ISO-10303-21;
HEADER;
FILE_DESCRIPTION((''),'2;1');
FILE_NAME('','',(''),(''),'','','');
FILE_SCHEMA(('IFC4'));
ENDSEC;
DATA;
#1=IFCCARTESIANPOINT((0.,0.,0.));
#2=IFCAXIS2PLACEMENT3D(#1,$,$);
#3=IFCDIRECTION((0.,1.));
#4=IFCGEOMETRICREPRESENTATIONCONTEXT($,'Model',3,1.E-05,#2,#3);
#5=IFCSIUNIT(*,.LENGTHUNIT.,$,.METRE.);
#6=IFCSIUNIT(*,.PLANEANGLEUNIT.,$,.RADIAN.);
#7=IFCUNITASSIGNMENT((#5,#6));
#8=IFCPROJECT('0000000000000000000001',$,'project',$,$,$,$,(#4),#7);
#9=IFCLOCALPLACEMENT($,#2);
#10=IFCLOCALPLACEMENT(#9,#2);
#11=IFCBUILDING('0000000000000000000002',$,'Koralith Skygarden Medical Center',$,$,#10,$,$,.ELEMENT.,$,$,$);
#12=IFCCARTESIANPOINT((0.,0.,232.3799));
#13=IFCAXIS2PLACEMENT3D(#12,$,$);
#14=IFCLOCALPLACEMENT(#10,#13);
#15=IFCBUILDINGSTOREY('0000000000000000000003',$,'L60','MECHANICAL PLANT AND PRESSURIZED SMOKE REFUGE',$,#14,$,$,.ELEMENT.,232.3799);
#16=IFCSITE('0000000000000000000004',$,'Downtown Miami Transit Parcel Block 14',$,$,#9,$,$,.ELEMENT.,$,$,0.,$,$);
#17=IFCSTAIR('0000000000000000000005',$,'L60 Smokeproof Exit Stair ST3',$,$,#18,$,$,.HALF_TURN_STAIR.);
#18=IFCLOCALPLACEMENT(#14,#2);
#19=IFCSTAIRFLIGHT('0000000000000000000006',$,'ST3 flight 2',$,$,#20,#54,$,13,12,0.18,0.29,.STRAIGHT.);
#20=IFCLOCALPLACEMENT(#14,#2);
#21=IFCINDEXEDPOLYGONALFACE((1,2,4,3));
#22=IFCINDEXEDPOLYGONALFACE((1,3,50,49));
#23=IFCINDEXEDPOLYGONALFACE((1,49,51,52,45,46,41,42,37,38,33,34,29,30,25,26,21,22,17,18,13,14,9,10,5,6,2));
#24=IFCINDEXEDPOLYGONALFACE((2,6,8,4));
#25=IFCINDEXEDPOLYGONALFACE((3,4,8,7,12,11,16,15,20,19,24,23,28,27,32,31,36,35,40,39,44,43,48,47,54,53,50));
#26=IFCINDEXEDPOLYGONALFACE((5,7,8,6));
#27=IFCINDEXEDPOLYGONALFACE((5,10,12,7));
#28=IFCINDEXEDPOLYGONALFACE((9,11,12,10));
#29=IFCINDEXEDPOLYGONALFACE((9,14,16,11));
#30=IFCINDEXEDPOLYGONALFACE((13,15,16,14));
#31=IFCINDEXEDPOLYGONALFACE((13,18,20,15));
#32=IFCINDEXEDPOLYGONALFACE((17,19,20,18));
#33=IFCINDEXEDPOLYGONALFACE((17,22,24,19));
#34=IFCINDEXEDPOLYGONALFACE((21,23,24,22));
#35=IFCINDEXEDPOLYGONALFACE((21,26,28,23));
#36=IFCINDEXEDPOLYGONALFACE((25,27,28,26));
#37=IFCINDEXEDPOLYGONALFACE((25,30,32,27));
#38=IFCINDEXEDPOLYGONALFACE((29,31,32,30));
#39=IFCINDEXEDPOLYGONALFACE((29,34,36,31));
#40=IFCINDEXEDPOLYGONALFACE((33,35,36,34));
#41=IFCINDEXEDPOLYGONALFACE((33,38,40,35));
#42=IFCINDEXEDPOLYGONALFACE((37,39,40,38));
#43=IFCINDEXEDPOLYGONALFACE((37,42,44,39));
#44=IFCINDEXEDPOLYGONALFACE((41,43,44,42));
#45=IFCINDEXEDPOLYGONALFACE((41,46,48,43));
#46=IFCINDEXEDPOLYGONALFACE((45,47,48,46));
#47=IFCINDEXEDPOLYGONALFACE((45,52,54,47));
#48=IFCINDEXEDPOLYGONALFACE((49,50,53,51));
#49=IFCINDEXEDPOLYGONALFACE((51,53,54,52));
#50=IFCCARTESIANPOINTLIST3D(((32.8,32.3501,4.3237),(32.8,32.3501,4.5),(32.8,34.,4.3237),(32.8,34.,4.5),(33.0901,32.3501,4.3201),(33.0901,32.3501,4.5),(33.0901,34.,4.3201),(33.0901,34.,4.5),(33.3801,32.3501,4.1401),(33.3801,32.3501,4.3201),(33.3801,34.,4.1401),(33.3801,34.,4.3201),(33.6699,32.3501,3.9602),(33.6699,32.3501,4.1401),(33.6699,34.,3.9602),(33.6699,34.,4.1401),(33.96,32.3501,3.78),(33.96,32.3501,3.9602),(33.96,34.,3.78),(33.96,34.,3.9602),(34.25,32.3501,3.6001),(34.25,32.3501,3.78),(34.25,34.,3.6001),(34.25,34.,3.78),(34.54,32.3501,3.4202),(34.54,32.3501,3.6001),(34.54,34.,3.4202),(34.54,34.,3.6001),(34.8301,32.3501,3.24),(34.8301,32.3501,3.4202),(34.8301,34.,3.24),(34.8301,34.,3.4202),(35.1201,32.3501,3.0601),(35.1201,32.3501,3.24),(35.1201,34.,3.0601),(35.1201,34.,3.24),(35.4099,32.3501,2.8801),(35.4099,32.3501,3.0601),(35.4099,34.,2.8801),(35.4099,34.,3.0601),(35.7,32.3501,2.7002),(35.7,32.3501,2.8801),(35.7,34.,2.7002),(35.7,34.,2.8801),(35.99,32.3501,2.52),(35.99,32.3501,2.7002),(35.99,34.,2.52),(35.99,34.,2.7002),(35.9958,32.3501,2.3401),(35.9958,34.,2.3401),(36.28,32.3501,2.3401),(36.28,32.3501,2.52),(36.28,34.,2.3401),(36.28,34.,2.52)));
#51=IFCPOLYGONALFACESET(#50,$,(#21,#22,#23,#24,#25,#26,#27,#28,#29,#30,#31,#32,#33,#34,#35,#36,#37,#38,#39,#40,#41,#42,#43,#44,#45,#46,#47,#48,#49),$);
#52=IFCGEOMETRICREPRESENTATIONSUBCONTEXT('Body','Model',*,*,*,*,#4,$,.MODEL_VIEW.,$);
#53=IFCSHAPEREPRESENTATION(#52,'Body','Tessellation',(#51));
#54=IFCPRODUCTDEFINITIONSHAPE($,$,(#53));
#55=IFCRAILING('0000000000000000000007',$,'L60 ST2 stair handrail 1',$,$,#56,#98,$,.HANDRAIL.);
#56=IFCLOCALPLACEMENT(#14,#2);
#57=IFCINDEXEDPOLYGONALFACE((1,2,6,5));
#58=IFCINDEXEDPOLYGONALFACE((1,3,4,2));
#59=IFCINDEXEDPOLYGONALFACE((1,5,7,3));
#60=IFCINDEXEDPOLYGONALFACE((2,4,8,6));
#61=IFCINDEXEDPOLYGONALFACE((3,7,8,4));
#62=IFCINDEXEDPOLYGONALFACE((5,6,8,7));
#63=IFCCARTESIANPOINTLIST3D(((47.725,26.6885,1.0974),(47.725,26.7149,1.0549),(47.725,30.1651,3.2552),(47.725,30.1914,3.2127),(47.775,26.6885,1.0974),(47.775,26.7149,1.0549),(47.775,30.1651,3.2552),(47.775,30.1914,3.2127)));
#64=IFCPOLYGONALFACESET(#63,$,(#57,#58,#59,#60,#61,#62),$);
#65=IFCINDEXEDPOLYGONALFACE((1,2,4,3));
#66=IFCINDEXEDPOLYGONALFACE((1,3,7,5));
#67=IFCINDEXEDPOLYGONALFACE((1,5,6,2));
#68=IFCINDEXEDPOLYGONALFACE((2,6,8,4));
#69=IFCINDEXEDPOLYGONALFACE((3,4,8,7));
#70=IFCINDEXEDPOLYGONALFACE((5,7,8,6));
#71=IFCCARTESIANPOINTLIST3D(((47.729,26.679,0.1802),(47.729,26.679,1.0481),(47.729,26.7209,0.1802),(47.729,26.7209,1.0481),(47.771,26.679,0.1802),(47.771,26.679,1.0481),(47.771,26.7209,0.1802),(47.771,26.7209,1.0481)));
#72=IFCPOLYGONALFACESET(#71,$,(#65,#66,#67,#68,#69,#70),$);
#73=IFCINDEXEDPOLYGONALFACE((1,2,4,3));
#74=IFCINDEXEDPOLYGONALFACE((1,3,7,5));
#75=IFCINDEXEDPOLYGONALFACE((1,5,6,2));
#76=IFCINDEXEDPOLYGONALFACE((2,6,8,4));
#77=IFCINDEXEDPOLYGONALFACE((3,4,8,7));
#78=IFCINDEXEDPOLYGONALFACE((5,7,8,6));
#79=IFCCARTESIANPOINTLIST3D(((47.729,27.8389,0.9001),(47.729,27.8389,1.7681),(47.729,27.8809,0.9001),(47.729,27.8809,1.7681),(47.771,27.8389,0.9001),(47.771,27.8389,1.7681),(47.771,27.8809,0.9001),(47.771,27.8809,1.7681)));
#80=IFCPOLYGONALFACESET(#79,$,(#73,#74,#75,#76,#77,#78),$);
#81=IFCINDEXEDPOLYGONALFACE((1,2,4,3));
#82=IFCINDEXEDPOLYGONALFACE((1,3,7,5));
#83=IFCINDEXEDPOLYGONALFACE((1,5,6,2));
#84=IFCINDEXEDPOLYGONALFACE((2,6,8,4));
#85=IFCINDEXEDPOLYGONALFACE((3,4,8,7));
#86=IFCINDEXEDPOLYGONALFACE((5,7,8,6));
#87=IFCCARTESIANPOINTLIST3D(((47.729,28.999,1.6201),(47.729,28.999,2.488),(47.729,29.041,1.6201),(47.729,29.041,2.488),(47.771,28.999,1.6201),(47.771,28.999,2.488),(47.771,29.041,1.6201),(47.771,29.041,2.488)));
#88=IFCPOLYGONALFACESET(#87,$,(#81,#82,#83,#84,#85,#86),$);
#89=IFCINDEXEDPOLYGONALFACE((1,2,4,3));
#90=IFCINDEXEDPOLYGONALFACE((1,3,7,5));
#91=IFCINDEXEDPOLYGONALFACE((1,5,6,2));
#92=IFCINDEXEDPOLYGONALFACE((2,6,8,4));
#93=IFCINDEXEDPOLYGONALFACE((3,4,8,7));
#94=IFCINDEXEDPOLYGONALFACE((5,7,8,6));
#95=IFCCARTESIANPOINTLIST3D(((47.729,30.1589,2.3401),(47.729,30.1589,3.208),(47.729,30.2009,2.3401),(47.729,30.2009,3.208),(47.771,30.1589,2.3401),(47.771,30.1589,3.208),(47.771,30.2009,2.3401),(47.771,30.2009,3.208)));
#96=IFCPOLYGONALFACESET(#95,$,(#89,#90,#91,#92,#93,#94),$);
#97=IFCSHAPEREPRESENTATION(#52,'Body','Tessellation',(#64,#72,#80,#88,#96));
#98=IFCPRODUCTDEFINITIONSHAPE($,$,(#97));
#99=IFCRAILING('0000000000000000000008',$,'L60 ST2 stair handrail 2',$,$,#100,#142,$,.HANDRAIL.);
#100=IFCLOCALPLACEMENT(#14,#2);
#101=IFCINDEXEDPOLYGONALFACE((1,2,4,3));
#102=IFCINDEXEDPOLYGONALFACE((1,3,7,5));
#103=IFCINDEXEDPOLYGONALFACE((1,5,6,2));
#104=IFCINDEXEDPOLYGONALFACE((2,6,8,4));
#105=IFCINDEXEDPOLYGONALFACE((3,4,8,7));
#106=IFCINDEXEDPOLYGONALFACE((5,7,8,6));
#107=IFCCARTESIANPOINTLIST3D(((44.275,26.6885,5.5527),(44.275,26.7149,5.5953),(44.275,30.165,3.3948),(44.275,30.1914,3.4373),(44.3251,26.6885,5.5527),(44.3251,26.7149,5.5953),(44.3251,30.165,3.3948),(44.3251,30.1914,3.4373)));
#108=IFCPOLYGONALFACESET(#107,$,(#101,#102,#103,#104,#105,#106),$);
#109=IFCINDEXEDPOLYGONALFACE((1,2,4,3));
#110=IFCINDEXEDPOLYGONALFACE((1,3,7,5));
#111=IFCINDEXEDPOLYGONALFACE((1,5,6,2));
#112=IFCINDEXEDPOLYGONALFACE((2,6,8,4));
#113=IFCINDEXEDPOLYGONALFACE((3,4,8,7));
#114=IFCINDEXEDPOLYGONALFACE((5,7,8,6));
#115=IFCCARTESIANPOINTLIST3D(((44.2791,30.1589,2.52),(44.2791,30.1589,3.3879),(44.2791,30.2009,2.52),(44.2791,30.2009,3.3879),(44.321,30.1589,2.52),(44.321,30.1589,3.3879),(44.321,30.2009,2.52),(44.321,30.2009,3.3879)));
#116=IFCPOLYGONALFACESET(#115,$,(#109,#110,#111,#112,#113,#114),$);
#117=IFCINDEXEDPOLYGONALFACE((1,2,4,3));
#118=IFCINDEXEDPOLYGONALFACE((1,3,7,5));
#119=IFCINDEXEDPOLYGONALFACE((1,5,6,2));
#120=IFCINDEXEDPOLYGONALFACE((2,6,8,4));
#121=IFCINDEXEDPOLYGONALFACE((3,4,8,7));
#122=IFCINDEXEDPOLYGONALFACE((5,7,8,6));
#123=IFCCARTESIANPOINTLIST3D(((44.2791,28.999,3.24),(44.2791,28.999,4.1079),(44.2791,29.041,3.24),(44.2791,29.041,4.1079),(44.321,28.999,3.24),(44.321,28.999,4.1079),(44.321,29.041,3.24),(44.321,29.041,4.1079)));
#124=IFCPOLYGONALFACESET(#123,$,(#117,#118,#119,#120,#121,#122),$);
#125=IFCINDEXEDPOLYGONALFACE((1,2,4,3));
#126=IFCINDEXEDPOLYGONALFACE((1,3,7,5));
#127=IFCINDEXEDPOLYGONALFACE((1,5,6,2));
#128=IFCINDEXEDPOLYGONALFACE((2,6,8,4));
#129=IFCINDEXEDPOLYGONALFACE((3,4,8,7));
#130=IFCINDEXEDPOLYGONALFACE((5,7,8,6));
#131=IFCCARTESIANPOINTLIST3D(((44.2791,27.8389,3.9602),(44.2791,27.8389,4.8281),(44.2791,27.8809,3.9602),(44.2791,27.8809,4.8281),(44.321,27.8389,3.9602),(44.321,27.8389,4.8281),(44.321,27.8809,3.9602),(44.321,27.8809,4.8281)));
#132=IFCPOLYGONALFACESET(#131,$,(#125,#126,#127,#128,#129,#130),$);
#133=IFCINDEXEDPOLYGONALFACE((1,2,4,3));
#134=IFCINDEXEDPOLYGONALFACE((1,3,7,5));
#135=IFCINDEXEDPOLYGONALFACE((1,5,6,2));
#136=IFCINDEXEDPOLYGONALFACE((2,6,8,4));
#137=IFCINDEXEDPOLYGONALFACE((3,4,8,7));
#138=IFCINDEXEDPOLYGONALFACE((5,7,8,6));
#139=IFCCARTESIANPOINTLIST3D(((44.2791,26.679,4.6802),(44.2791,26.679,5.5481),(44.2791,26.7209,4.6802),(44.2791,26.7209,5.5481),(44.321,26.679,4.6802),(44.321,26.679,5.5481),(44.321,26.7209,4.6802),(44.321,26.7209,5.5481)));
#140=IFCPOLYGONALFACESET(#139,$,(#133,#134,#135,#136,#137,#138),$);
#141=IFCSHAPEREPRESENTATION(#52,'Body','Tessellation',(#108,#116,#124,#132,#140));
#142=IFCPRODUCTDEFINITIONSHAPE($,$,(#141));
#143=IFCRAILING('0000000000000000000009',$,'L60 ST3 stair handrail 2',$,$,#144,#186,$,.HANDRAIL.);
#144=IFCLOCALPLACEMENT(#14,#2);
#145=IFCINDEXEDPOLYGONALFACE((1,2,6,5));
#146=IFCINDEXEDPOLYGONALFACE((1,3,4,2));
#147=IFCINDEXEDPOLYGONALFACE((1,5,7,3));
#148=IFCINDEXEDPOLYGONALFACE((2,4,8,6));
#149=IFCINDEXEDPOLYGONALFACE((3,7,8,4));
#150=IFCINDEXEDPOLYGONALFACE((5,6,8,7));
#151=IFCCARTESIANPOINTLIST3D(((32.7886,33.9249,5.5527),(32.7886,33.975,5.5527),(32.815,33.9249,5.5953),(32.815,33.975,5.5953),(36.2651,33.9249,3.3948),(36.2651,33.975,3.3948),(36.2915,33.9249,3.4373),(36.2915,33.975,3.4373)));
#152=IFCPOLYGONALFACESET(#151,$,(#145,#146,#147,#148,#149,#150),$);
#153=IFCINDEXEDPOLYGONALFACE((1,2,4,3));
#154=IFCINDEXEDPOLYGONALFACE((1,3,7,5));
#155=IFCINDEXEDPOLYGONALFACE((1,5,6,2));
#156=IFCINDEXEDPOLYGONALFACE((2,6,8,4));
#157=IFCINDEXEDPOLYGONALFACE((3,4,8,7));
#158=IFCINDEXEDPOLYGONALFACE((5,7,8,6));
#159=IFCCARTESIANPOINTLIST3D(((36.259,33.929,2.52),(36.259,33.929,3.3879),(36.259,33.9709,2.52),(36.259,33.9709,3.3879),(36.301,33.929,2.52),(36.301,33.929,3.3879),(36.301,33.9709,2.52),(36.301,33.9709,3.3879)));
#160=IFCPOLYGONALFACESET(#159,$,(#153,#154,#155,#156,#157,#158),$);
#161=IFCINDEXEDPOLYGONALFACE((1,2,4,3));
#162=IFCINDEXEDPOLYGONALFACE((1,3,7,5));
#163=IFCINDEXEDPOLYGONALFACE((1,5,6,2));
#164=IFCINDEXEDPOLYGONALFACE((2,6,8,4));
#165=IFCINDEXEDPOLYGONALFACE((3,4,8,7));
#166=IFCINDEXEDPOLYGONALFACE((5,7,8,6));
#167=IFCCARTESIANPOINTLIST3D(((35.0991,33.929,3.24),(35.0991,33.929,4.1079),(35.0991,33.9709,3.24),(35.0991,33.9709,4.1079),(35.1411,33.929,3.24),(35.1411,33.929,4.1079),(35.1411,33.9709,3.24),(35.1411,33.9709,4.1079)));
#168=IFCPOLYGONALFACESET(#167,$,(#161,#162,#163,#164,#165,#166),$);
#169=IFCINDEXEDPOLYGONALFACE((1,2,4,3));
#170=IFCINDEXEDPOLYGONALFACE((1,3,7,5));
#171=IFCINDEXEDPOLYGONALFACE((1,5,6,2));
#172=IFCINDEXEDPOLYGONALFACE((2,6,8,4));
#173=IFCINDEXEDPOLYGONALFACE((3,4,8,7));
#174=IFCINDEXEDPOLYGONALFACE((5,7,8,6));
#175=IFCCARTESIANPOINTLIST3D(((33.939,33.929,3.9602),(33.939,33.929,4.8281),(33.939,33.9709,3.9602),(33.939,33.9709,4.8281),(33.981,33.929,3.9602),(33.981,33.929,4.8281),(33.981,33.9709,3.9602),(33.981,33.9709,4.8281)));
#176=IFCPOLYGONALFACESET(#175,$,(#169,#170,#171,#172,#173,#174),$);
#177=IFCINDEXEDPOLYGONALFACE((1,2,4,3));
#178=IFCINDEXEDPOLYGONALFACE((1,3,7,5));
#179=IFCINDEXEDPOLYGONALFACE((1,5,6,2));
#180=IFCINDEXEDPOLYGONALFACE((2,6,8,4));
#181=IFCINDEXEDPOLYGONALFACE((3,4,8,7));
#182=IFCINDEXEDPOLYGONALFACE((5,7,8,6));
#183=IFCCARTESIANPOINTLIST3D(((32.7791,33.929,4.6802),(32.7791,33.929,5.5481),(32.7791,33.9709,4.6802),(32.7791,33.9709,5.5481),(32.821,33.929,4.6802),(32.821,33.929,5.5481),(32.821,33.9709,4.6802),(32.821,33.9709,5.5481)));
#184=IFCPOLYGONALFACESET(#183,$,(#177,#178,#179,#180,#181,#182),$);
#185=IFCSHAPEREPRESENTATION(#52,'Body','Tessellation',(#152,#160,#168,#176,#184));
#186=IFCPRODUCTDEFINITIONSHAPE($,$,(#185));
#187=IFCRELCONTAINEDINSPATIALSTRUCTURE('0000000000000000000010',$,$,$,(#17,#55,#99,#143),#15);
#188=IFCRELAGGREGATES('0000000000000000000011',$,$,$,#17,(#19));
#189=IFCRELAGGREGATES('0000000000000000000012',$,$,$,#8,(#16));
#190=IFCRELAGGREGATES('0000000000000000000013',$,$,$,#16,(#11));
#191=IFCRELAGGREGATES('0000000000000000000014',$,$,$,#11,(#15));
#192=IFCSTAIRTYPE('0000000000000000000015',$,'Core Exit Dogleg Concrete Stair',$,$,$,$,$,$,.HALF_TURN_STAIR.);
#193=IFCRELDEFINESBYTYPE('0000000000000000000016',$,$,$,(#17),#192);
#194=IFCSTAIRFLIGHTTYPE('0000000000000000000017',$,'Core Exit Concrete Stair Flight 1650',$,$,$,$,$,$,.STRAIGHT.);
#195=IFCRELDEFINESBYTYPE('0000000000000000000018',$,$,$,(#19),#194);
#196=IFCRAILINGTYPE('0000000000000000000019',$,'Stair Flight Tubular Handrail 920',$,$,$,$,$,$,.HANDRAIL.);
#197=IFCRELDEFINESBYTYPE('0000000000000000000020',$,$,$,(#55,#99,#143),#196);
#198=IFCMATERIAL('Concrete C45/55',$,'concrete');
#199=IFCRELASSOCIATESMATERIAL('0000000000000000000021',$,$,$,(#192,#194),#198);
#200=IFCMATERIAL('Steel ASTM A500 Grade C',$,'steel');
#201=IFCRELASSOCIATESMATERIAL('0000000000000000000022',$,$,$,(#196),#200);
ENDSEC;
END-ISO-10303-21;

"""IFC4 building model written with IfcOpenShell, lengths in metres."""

from ifc_helpers import new_model, si_unit, direction, frame, origin, origin_2d, place, context, subcontext, project, spatial, polyline, rectangle, outline, extrude, material, type_object, element, aggregate, save


model = new_model("IFC4")

# Units and contexts
model_context = context("Model", 3, precision=1e-05, world=origin(), true_north=direction((0.0, 1.0)))
body_context = subcontext(model_context, "Body", "Model", "MODEL_VIEW")
ifc_project = project(units=[si_unit("LENGTHUNIT", "METRE"), si_unit("PLANEANGLEUNIT", "RADIAN")], contexts=[model_context])

# Site, building, storey
site_placement = place(None, origin())
site = spatial("IfcSite", under=ifc_project, at=site_placement, Name="Downtown Miami Transit Parcel Block 14", CompositionType="ELEMENT", RefElevation=0.0)
building_placement = place(site_placement, origin())
building = spatial("IfcBuilding", under=site, at=building_placement, Name="Koralith Skygarden Medical Center", CompositionType="ELEMENT")
storey_placement = place(building_placement, frame((0.0, 0.0, 232.3799)))
storey = spatial("IfcBuildingStorey", under=building, at=storey_placement, Name="L60", Description="MECHANICAL PLANT AND PRESSURIZED SMOKE REFUGE", CompositionType="ELEMENT", Elevation=232.3799)

# Shared definitions
ifc_material_1 = material(Name="Concrete C45/55", Category="concrete")

# Shared definitions
ifc_material_2 = material(Name="Steel ASTM A500 Grade C", Category="steel")

# Shared definitions
stair_type = type_object("IfcStairType", Name="Core Exit Dogleg Concrete Stair", PredefinedType="HALF_TURN_STAIR", material=ifc_material_1)
stair_flight_type = type_object("IfcStairFlightType", Name="Core Exit Concrete Stair Flight 1650", PredefinedType="STRAIGHT", material=ifc_material_1)

# Stair, stair flight
stair_1_placement = place(storey_placement, origin())
stair_1 = element("IfcStair", 1, at=stair_1_placement, inside=storey, type_object=stair_type, Name="L60 Smokeproof Exit Stair ST3", PredefinedType="HALF_TURN_STAIR")
stair_flight_1_placement = place(storey_placement, frame((36.28, 33.175, 2.3401), z_axis=(0.0, 0.0, 1.0), x_axis=(-1.0, 0.0, 0.0)))
stair_flight_1 = element("IfcStairFlight", 2, at=stair_flight_1_placement, type_object=stair_flight_type, Name="ST3 flight 2", NumberOfRisers=13, NumberOfTreads=12, PredefinedType="STRAIGHT", RiserHeight=0.18, TreadLength=0.29, context=body_context, shape_type="SweptSolid", body=[
    extrude(outline(polyline([(0.0, 0.0), (0.0, 0.1799), (0.29, 0.1799), (0.29, 0.3601), (0.5801, 0.3601), (0.5801, 0.54), (0.8701, 0.54), (0.8701, 0.72), (1.1599, 0.72), (1.1599, 0.8999), (1.45, 0.8999), (1.45, 1.0801), (1.74, 1.0801), (1.74, 1.26), (2.03, 1.26), (2.03, 1.4399), (2.3201, 1.4399), (2.3201, 1.6201), (2.6101, 1.6201), (2.6101, 1.8), (2.8999, 1.8), (2.8999, 1.98), (3.1899, 1.98), (3.1899, 2.1599), (3.48, 2.1599), (3.48, 2.3401), (3.48, 1.9836), (0.2842, 0.0), (0.0, 0.0)])), frame((0.0, 0.825, 0.0), z_axis=(0.0, -1.0, 0.0), x_axis=(1.0, 0.0, 0.0)), (0.0, 0.0, 1.0), 1.6499),
])
aggregate(stair_1, [stair_flight_1])

# Railings
railing_type_1 = type_object("IfcRailingType", Name="Stair Flight Tubular Handrail 920", PredefinedType="HANDRAIL", material=ifc_material_2)
railing_1_placement = place(storey_placement, frame((47.75, 26.7, 0.1802)))
element("IfcRailing", 3, at=railing_1_placement, inside=storey, type_object=railing_type_1, Name="L60 ST2 stair handrail 1", PredefinedType="HANDRAIL", context=body_context, shape_type="SweptSolid", body=[
    extrude(rectangle(XDim=0.05, YDim=0.05, at=origin_2d()), frame((0.0, 0.0017, 0.896), z_axis=(0.0, 0.849648, 0.52735), x_axis=(-1.0, 0.0, 0.0)), (0.0, 0.0, 1.0), 4.0918),
    extrude(rectangle(XDim=0.042, YDim=0.042, at=origin_2d()), origin(), (0.0, 0.0, 1.0), 0.8679),
    extrude(rectangle(XDim=0.042, YDim=0.042, at=origin_2d()), frame((0.0, 1.1599, 0.72)), (0.0, 0.0, 1.0), 0.8679),
    extrude(rectangle(XDim=0.042, YDim=0.042, at=origin_2d()), frame((0.0, 2.3201, 1.4399)), (0.0, 0.0, 1.0), 0.8679),
    extrude(rectangle(XDim=0.042, YDim=0.042, at=origin_2d()), frame((0.0, 3.48, 2.1599)), (0.0, 0.0, 1.0), 0.8679),
])
railing_2_placement = place(storey_placement, frame((44.3, 30.1799, 2.52)))
element("IfcRailing", 4, at=railing_2_placement, inside=storey, type_object=railing_type_1, Name="L60 ST2 stair handrail 2", PredefinedType="HANDRAIL", context=body_context, shape_type="SweptSolid", body=[
    extrude(rectangle(XDim=0.05, YDim=0.05, at=origin_2d()), frame((0.0, -0.0017, 0.896), z_axis=(0.0, -0.849622, 0.527393), x_axis=(1.0, 0.0, 0.0)), (0.0, 0.0, 1.0), 4.0918),
    extrude(rectangle(XDim=0.042, YDim=0.042, at=origin_2d()), origin(), (0.0, 0.0, 1.0), 0.8679),
    extrude(rectangle(XDim=0.042, YDim=0.042, at=origin_2d()), frame((0.0, -1.1599, 0.72)), (0.0, 0.0, 1.0), 0.8679),
    extrude(rectangle(XDim=0.042, YDim=0.042, at=origin_2d()), frame((0.0, -2.3201, 1.4402)), (0.0, 0.0, 1.0), 0.8679),
    extrude(rectangle(XDim=0.042, YDim=0.042, at=origin_2d()), frame((0.0, -3.48, 2.1602)), (0.0, 0.0, 1.0), 0.8679),
])
railing_3_placement = place(storey_placement, frame((36.28, 33.95, 2.52)))
element("IfcRailing", 5, at=railing_3_placement, inside=storey, type_object=railing_type_1, Name="L60 ST3 stair handrail 2", PredefinedType="HANDRAIL", context=body_context, shape_type="SweptSolid", body=[
    extrude(rectangle(XDim=0.05, YDim=0.05, at=origin_2d()), frame((-0.0017, 0.0, 0.896), z_axis=(-0.849622, 0.0, 0.527393), x_axis=(0.0, -1.0, 0.0)), (0.0, 0.0, 1.0), 4.0918),
    extrude(rectangle(XDim=0.042, YDim=0.042, at=origin_2d()), origin(), (0.0, 0.0, 1.0), 0.8679),
    extrude(rectangle(XDim=0.042, YDim=0.042, at=origin_2d()), frame((-1.1599, 0.0, 0.72)), (0.0, 0.0, 1.0), 0.8679),
    extrude(rectangle(XDim=0.042, YDim=0.042, at=origin_2d()), frame((-2.3201, 0.0, 1.4402)), (0.0, 0.0, 1.0), 0.8679),
    extrude(rectangle(XDim=0.042, YDim=0.042, at=origin_2d()), frame((-3.48, 0.0, 2.1602)), (0.0, 0.0, 1.0), 0.8679),
])

save(model, "model.ifc")
